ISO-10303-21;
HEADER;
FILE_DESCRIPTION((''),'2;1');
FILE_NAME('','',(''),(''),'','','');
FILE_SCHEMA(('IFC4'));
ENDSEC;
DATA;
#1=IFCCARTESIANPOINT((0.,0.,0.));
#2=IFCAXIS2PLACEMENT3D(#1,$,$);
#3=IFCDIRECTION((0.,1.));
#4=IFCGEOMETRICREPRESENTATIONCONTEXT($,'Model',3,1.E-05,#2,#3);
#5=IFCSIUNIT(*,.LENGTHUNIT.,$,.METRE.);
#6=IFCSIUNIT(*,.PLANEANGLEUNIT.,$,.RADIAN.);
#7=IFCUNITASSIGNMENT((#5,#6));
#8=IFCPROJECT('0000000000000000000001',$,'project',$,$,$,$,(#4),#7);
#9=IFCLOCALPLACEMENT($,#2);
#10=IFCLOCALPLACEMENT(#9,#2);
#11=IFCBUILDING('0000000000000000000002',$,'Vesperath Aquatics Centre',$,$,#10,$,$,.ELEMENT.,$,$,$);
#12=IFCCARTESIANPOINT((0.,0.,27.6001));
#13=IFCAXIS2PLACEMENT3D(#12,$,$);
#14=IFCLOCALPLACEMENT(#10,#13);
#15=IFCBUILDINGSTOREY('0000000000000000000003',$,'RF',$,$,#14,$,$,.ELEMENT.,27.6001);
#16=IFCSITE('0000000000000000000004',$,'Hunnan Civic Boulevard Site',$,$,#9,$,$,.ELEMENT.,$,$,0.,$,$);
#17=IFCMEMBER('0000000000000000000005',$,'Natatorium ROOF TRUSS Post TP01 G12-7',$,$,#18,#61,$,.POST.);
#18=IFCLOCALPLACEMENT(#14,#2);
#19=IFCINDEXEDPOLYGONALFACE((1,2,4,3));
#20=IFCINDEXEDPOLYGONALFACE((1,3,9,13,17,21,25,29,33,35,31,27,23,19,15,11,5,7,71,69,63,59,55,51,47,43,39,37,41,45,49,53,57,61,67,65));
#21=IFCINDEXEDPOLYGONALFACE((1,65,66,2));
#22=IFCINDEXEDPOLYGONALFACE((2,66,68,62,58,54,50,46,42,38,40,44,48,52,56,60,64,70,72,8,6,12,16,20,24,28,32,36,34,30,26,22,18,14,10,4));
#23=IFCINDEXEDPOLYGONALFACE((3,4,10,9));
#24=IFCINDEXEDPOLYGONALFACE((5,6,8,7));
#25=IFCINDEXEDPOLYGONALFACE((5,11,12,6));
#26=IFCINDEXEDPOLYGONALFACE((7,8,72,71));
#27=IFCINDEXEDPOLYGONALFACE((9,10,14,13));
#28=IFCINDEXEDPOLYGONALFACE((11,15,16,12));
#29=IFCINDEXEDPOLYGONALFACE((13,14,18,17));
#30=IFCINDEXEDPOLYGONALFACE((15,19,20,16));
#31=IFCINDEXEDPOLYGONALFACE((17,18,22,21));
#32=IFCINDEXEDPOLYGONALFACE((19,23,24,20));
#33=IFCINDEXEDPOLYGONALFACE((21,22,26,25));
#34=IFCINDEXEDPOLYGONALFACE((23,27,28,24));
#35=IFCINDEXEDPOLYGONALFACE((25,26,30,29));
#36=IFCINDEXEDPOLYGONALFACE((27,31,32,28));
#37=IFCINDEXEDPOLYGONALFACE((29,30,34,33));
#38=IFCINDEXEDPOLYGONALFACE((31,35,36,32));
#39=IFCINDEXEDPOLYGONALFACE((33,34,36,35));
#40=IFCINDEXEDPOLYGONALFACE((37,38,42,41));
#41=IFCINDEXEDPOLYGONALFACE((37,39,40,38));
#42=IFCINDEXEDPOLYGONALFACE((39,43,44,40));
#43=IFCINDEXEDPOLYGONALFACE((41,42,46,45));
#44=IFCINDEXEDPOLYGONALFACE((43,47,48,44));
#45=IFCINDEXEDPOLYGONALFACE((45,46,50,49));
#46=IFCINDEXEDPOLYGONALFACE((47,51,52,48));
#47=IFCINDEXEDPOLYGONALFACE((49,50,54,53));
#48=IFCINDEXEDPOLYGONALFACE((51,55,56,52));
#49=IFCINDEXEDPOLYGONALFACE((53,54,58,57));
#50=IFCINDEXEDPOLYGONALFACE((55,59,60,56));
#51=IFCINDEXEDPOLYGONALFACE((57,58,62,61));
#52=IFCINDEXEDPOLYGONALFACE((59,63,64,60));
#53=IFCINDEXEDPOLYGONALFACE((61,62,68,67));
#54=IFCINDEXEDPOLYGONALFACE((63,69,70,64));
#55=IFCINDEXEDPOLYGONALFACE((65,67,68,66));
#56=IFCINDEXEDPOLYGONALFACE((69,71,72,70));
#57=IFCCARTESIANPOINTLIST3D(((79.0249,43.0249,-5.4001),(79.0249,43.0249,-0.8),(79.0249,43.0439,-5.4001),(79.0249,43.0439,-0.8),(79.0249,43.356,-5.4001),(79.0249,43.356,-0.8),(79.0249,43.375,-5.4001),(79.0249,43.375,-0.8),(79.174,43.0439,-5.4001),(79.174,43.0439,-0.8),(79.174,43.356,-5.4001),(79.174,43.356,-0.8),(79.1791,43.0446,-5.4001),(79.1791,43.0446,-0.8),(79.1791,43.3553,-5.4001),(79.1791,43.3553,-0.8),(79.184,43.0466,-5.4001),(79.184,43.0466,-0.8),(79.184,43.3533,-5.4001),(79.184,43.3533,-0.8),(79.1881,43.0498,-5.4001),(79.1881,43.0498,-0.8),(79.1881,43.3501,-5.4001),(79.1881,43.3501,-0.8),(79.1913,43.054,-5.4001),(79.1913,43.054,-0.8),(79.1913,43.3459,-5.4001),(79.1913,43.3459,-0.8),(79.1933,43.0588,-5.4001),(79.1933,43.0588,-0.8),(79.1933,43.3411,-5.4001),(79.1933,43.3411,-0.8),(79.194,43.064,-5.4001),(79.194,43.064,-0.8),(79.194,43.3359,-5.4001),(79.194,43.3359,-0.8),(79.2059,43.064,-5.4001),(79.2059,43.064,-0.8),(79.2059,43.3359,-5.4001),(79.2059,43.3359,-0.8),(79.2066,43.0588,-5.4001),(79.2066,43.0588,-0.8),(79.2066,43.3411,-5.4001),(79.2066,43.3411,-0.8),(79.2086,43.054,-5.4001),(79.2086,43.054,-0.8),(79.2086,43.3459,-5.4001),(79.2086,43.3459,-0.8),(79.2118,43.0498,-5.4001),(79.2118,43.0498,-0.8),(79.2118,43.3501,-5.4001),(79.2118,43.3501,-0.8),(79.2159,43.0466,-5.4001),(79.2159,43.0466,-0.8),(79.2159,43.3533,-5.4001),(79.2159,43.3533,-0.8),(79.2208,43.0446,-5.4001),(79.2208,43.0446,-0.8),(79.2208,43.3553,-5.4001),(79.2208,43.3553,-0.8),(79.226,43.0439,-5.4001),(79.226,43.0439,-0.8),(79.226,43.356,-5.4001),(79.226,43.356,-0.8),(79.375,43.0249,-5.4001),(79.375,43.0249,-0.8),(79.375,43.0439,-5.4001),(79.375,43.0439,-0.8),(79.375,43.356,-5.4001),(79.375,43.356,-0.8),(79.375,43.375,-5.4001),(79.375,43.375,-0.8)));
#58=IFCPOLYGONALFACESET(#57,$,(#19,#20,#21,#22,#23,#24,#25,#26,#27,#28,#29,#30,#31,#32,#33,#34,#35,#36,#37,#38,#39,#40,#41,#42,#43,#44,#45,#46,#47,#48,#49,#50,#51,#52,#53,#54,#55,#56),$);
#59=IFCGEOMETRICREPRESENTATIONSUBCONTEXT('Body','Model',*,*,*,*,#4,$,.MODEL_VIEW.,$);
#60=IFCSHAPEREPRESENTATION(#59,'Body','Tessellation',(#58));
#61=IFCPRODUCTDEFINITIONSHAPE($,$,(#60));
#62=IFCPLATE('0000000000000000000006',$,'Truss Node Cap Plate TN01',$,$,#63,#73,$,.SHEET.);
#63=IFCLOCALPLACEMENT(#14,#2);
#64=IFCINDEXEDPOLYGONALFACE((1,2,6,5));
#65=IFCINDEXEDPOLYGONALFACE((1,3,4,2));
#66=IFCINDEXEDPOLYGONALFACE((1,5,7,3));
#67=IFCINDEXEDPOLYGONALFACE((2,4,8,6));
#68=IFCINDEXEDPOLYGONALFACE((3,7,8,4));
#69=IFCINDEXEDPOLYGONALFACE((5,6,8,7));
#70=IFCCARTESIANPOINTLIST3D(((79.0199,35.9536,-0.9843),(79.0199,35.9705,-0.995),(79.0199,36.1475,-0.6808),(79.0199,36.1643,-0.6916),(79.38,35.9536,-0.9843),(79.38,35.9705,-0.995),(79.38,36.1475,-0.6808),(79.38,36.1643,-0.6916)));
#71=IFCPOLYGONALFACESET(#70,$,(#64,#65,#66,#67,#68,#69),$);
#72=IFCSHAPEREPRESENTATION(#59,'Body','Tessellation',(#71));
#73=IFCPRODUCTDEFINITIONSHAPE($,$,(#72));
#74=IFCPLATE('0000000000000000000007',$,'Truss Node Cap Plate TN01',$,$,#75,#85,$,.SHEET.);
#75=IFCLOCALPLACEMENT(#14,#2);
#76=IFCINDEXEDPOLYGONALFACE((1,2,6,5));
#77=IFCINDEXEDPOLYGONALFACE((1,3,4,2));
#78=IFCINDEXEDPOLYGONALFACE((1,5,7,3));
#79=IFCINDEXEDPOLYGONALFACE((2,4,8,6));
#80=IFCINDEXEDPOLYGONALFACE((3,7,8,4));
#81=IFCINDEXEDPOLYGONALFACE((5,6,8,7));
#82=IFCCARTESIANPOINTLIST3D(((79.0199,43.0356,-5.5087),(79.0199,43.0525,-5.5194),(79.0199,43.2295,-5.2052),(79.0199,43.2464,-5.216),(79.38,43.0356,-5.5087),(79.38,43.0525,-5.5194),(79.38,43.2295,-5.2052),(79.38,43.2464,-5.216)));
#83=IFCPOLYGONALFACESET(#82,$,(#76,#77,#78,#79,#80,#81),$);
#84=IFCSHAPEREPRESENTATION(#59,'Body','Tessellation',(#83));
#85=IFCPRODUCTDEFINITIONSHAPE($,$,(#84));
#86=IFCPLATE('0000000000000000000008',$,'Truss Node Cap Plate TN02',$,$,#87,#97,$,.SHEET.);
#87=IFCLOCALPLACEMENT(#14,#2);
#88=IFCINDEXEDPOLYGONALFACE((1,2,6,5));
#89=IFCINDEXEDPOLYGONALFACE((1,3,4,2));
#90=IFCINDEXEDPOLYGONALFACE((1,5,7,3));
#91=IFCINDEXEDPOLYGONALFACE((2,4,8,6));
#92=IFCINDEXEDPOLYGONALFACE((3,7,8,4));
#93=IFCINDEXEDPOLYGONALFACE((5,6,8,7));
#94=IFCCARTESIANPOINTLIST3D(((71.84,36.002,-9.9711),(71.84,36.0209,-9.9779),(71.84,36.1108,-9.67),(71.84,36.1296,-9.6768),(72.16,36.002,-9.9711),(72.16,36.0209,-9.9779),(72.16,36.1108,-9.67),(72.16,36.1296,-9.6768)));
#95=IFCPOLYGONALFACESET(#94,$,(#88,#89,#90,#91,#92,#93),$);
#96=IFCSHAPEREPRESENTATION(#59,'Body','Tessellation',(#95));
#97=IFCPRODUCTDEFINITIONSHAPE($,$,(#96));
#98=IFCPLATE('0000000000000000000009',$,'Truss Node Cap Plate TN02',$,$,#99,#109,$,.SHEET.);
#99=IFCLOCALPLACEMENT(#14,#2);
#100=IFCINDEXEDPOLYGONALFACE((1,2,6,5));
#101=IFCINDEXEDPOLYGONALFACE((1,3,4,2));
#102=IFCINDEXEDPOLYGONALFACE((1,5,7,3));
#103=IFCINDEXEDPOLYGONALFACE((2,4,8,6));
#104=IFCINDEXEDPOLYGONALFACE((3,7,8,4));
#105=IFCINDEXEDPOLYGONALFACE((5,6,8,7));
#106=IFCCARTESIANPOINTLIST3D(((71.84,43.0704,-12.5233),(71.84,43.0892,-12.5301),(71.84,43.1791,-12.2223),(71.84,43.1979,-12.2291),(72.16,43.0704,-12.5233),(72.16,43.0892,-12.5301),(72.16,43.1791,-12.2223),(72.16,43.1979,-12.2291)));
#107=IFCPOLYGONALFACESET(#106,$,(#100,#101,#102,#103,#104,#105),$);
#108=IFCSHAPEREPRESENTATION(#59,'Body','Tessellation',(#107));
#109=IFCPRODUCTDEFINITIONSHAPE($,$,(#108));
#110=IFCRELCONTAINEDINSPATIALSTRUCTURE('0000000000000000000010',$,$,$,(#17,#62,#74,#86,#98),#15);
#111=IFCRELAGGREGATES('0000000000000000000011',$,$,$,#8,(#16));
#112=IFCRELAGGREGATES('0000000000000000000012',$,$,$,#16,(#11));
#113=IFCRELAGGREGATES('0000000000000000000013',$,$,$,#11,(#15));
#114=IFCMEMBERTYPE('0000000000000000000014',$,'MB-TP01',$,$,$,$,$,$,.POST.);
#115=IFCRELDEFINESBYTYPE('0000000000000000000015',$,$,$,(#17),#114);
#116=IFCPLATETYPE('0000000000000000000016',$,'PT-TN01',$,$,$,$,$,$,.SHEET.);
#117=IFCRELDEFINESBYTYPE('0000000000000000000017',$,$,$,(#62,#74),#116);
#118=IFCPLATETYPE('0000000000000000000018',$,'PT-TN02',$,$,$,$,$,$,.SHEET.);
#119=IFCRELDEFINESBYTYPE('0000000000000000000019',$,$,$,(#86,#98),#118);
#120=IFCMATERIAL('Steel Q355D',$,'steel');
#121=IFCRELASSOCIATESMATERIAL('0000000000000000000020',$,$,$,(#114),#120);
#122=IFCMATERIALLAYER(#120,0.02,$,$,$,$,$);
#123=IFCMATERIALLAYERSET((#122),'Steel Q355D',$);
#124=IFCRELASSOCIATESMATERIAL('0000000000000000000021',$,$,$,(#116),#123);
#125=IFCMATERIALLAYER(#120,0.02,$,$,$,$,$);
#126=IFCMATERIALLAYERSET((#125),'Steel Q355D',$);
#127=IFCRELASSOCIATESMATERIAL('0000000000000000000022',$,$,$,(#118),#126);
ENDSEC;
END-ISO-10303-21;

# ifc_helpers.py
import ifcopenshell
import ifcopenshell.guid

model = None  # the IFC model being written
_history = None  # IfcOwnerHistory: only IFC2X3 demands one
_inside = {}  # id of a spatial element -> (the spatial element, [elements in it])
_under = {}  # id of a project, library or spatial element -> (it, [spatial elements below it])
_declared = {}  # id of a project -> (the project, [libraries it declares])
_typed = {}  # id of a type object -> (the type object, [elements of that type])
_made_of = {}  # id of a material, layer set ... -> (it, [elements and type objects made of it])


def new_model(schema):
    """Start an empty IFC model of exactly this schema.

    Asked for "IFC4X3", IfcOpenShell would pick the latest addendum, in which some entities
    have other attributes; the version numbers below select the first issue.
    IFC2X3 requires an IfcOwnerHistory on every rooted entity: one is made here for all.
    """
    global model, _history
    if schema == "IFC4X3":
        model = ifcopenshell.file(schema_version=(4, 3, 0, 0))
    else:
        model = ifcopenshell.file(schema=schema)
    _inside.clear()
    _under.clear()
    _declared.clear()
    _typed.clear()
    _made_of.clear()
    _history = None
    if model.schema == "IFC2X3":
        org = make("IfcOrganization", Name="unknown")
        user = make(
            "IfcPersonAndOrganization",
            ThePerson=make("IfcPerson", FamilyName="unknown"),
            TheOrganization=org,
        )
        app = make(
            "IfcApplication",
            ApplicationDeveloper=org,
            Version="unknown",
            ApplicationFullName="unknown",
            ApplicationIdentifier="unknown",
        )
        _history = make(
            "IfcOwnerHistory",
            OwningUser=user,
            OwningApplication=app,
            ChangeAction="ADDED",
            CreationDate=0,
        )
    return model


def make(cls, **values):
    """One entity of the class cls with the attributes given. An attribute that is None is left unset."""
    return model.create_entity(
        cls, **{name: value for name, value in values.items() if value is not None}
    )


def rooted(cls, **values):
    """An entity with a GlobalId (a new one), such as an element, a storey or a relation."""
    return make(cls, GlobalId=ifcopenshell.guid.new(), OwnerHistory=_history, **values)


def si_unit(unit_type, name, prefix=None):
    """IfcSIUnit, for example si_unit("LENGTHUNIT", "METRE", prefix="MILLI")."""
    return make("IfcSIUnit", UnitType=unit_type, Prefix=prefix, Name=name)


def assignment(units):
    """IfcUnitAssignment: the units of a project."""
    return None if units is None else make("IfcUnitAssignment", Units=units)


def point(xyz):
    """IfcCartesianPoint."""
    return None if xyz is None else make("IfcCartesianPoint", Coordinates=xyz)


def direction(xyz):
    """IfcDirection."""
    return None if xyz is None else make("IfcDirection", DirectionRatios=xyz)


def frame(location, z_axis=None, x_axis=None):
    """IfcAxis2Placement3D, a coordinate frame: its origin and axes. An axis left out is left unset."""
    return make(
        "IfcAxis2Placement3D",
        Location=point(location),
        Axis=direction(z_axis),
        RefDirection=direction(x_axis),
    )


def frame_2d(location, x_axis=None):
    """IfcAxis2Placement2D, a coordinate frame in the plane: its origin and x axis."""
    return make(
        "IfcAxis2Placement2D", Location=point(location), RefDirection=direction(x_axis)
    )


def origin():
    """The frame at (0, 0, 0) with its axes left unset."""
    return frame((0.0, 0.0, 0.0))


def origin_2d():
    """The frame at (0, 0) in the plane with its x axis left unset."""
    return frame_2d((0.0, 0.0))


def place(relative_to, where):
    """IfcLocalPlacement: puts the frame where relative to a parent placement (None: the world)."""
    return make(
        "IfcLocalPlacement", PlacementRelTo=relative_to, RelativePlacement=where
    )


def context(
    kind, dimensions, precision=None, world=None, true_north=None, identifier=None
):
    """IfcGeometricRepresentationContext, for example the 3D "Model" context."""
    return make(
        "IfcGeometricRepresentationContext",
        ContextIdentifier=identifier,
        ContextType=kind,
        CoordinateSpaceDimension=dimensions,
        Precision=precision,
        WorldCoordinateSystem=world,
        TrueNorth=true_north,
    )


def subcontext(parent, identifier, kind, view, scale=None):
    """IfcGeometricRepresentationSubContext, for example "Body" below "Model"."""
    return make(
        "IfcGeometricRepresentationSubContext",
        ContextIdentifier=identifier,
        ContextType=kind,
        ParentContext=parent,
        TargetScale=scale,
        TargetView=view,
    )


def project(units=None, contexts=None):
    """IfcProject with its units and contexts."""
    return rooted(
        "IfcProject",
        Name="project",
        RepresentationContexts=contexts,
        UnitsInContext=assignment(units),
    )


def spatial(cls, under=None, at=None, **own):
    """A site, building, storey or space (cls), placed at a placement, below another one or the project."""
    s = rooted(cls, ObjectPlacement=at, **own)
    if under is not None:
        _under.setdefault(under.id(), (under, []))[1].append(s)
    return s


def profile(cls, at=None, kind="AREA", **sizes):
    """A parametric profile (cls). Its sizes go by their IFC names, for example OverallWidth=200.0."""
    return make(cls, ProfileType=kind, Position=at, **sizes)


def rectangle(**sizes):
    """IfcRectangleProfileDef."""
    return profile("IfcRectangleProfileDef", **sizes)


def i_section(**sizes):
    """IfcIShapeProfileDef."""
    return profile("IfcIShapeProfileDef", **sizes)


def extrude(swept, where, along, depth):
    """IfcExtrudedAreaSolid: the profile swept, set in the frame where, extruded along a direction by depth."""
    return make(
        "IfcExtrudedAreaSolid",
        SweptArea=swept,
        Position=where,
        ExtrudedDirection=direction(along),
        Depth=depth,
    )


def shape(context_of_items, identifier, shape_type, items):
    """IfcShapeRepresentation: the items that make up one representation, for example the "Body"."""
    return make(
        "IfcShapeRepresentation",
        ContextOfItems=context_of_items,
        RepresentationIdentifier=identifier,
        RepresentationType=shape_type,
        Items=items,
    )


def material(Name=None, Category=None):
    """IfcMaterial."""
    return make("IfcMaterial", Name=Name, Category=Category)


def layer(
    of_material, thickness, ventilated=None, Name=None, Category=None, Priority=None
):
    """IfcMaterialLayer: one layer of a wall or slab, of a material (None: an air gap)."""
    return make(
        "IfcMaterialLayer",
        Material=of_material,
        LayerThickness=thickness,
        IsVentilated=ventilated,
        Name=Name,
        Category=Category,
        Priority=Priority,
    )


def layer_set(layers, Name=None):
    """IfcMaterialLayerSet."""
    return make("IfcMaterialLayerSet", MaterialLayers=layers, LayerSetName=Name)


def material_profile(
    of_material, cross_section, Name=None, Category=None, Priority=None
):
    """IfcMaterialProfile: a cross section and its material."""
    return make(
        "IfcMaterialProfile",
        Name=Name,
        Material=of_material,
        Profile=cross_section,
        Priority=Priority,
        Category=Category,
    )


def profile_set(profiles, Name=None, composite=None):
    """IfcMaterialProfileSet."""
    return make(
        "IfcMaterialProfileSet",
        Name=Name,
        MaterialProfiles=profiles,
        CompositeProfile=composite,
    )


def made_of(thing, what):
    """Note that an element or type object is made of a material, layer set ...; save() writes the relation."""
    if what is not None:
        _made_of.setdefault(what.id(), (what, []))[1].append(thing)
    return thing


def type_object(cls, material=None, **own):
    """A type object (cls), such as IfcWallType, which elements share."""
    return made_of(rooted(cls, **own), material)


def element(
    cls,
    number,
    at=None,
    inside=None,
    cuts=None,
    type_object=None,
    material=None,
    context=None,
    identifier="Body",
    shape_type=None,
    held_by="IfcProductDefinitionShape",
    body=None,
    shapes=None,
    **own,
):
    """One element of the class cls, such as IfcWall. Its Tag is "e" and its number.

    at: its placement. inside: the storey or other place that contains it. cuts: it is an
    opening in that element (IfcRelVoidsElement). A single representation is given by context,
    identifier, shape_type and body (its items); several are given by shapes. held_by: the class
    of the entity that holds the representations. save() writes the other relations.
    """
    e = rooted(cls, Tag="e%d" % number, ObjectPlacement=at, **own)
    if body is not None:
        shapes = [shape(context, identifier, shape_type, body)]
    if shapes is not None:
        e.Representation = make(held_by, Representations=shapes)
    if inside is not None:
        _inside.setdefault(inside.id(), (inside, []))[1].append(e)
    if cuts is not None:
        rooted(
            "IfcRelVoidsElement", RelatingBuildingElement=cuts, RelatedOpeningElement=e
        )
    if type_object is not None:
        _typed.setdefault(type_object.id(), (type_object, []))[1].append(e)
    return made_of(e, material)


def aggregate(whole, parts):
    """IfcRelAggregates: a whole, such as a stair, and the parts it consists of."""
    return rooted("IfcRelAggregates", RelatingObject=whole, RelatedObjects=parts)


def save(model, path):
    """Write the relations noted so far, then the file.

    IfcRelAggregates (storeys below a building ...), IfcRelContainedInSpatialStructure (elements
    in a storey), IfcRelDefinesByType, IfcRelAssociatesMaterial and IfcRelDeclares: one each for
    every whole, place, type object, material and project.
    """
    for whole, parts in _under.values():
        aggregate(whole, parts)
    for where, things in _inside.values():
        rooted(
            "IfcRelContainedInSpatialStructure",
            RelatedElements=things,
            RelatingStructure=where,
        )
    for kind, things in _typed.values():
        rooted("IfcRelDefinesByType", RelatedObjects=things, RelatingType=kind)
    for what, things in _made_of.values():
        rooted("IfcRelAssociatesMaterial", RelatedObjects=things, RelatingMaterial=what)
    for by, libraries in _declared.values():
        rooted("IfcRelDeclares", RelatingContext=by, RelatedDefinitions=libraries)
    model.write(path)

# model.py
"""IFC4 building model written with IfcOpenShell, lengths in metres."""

from ifc_helpers import new_model, si_unit, direction, frame, origin, origin_2d, place, context, subcontext, project, spatial, rectangle, i_section, extrude, material, layer, layer_set, material_profile, profile_set, type_object, element, save


model = new_model("IFC4")

# Units and contexts
model_context = context("Model", 3, precision=1e-05, world=origin(), true_north=direction((0.0, 1.0)))
body_context = subcontext(model_context, "Body", "Model", "MODEL_VIEW")
ifc_project = project(units=[si_unit("LENGTHUNIT", "METRE"), si_unit("PLANEANGLEUNIT", "RADIAN")], contexts=[model_context])

# Site, building, storey
site_placement = place(None, origin())
site = spatial("IfcSite", under=ifc_project, at=site_placement, Name="Hunnan Civic Boulevard Site", CompositionType="ELEMENT", RefElevation=0.0)
building_placement = place(site_placement, origin())
building = spatial("IfcBuilding", under=site, at=building_placement, Name="Vesperath Aquatics Centre", CompositionType="ELEMENT")
storey_placement = place(building_placement, frame((0.0, 0.0, 27.6001)))
storey = spatial("IfcBuildingStorey", under=building, at=storey_placement, Name="RF", CompositionType="ELEMENT", Elevation=27.6001)

# Member
ifc_material_1 = material(Name="Steel Q355D", Category="steel")
ifc_material_profile_1 = material_profile(ifc_material_1, i_section(OverallWidth=0.3501, OverallDepth=0.3501, WebThickness=0.012, FlangeThickness=0.019, FilletRadius=0.02, at=origin_2d()), Name="HW 350x350x12x19")
ifc_profile_set_1 = profile_set([ifc_material_profile_1], Name="Steel Q355D")
member_type_1 = type_object("IfcMemberType", Name="MB-TP01", PredefinedType="POST", material=ifc_profile_set_1)
for number, where, z_axis, x_axis, name in (
    (1, (79.2, 43.2, -5.4001), (0.0, 0.0, 1.0), (1.0, 0.0, 0.0), "Natatorium ROOF TRUSS Post TP01 G12-7"),
):
    element("IfcMember", number, at=place(storey_placement, frame(where, z_axis=z_axis, x_axis=x_axis)), inside=storey, type_object=member_type_1, Name=name, PredefinedType="POST", context=body_context, shape_type="SweptSolid", body=[
        extrude(i_section(OverallWidth=0.3501, OverallDepth=0.3501, WebThickness=0.012, FlangeThickness=0.019, FilletRadius=0.02, at=origin_2d()), origin(), (0.0, 0.0, 1.0), 4.6001),
    ])

# Plates
ifc_layer_1 = layer(ifc_material_1, 0.02)
ifc_layer_set_1 = layer_set([ifc_layer_1], Name="Steel Q355D")
plate_type_1 = type_object("IfcPlateType", Name="PT-TN01", PredefinedType="SHEET", material=ifc_layer_set_1)
for number, where, z_axis, x_axis, name in (
    (2, (79.2, 36.0505, -0.8325), (0.0, 0.842696, -0.538389), (-1.0, 0.0, 0.0), "Truss Node Cap Plate TN01"),
    (3, (79.2, 43.1326, -5.3569), (0.0, 0.842696, -0.538389), (-1.0, 0.0, 0.0), "Truss Node Cap Plate TN01"),
):
    element("IfcPlate", number, at=place(storey_placement, frame(where, z_axis=z_axis, x_axis=x_axis)), inside=storey, type_object=plate_type_1, Name=name, PredefinedType="SHEET", context=body_context, shape_type="SweptSolid", body=[
        extrude(rectangle(XDim=0.3601, YDim=0.3601, at=origin_2d()), origin(), (0.0, 0.0, 1.0), 0.02),
    ])
ifc_layer_2 = layer(ifc_material_1, 0.02)
ifc_layer_set_2 = layer_set([ifc_layer_2], Name="Steel Q355D")
plate_type_2 = type_object("IfcPlateType", Name="PT-TN02", PredefinedType="SHEET", material=ifc_layer_set_2)
for number, where, z_axis, x_axis, name in (
    (4, (72.0, 36.0564, -9.8206), (0.0, 0.940554, -0.339644), (-1.0, 0.0, 0.0), "Truss Node Cap Plate TN02"),
    (5, (72.0, 43.1248, -12.3728), (0.0, 0.940554, -0.339644), (-1.0, 0.0, 0.0), "Truss Node Cap Plate TN02"),
):
    element("IfcPlate", number, at=place(storey_placement, frame(where, z_axis=z_axis, x_axis=x_axis)), inside=storey, type_object=plate_type_2, Name=name, PredefinedType="SHEET", context=body_context, shape_type="SweptSolid", body=[
        extrude(rectangle(XDim=0.3201, YDim=0.3201, at=origin_2d()), origin(), (0.0, 0.0, 1.0), 0.02),
    ])

save(model, "model.ifc")
